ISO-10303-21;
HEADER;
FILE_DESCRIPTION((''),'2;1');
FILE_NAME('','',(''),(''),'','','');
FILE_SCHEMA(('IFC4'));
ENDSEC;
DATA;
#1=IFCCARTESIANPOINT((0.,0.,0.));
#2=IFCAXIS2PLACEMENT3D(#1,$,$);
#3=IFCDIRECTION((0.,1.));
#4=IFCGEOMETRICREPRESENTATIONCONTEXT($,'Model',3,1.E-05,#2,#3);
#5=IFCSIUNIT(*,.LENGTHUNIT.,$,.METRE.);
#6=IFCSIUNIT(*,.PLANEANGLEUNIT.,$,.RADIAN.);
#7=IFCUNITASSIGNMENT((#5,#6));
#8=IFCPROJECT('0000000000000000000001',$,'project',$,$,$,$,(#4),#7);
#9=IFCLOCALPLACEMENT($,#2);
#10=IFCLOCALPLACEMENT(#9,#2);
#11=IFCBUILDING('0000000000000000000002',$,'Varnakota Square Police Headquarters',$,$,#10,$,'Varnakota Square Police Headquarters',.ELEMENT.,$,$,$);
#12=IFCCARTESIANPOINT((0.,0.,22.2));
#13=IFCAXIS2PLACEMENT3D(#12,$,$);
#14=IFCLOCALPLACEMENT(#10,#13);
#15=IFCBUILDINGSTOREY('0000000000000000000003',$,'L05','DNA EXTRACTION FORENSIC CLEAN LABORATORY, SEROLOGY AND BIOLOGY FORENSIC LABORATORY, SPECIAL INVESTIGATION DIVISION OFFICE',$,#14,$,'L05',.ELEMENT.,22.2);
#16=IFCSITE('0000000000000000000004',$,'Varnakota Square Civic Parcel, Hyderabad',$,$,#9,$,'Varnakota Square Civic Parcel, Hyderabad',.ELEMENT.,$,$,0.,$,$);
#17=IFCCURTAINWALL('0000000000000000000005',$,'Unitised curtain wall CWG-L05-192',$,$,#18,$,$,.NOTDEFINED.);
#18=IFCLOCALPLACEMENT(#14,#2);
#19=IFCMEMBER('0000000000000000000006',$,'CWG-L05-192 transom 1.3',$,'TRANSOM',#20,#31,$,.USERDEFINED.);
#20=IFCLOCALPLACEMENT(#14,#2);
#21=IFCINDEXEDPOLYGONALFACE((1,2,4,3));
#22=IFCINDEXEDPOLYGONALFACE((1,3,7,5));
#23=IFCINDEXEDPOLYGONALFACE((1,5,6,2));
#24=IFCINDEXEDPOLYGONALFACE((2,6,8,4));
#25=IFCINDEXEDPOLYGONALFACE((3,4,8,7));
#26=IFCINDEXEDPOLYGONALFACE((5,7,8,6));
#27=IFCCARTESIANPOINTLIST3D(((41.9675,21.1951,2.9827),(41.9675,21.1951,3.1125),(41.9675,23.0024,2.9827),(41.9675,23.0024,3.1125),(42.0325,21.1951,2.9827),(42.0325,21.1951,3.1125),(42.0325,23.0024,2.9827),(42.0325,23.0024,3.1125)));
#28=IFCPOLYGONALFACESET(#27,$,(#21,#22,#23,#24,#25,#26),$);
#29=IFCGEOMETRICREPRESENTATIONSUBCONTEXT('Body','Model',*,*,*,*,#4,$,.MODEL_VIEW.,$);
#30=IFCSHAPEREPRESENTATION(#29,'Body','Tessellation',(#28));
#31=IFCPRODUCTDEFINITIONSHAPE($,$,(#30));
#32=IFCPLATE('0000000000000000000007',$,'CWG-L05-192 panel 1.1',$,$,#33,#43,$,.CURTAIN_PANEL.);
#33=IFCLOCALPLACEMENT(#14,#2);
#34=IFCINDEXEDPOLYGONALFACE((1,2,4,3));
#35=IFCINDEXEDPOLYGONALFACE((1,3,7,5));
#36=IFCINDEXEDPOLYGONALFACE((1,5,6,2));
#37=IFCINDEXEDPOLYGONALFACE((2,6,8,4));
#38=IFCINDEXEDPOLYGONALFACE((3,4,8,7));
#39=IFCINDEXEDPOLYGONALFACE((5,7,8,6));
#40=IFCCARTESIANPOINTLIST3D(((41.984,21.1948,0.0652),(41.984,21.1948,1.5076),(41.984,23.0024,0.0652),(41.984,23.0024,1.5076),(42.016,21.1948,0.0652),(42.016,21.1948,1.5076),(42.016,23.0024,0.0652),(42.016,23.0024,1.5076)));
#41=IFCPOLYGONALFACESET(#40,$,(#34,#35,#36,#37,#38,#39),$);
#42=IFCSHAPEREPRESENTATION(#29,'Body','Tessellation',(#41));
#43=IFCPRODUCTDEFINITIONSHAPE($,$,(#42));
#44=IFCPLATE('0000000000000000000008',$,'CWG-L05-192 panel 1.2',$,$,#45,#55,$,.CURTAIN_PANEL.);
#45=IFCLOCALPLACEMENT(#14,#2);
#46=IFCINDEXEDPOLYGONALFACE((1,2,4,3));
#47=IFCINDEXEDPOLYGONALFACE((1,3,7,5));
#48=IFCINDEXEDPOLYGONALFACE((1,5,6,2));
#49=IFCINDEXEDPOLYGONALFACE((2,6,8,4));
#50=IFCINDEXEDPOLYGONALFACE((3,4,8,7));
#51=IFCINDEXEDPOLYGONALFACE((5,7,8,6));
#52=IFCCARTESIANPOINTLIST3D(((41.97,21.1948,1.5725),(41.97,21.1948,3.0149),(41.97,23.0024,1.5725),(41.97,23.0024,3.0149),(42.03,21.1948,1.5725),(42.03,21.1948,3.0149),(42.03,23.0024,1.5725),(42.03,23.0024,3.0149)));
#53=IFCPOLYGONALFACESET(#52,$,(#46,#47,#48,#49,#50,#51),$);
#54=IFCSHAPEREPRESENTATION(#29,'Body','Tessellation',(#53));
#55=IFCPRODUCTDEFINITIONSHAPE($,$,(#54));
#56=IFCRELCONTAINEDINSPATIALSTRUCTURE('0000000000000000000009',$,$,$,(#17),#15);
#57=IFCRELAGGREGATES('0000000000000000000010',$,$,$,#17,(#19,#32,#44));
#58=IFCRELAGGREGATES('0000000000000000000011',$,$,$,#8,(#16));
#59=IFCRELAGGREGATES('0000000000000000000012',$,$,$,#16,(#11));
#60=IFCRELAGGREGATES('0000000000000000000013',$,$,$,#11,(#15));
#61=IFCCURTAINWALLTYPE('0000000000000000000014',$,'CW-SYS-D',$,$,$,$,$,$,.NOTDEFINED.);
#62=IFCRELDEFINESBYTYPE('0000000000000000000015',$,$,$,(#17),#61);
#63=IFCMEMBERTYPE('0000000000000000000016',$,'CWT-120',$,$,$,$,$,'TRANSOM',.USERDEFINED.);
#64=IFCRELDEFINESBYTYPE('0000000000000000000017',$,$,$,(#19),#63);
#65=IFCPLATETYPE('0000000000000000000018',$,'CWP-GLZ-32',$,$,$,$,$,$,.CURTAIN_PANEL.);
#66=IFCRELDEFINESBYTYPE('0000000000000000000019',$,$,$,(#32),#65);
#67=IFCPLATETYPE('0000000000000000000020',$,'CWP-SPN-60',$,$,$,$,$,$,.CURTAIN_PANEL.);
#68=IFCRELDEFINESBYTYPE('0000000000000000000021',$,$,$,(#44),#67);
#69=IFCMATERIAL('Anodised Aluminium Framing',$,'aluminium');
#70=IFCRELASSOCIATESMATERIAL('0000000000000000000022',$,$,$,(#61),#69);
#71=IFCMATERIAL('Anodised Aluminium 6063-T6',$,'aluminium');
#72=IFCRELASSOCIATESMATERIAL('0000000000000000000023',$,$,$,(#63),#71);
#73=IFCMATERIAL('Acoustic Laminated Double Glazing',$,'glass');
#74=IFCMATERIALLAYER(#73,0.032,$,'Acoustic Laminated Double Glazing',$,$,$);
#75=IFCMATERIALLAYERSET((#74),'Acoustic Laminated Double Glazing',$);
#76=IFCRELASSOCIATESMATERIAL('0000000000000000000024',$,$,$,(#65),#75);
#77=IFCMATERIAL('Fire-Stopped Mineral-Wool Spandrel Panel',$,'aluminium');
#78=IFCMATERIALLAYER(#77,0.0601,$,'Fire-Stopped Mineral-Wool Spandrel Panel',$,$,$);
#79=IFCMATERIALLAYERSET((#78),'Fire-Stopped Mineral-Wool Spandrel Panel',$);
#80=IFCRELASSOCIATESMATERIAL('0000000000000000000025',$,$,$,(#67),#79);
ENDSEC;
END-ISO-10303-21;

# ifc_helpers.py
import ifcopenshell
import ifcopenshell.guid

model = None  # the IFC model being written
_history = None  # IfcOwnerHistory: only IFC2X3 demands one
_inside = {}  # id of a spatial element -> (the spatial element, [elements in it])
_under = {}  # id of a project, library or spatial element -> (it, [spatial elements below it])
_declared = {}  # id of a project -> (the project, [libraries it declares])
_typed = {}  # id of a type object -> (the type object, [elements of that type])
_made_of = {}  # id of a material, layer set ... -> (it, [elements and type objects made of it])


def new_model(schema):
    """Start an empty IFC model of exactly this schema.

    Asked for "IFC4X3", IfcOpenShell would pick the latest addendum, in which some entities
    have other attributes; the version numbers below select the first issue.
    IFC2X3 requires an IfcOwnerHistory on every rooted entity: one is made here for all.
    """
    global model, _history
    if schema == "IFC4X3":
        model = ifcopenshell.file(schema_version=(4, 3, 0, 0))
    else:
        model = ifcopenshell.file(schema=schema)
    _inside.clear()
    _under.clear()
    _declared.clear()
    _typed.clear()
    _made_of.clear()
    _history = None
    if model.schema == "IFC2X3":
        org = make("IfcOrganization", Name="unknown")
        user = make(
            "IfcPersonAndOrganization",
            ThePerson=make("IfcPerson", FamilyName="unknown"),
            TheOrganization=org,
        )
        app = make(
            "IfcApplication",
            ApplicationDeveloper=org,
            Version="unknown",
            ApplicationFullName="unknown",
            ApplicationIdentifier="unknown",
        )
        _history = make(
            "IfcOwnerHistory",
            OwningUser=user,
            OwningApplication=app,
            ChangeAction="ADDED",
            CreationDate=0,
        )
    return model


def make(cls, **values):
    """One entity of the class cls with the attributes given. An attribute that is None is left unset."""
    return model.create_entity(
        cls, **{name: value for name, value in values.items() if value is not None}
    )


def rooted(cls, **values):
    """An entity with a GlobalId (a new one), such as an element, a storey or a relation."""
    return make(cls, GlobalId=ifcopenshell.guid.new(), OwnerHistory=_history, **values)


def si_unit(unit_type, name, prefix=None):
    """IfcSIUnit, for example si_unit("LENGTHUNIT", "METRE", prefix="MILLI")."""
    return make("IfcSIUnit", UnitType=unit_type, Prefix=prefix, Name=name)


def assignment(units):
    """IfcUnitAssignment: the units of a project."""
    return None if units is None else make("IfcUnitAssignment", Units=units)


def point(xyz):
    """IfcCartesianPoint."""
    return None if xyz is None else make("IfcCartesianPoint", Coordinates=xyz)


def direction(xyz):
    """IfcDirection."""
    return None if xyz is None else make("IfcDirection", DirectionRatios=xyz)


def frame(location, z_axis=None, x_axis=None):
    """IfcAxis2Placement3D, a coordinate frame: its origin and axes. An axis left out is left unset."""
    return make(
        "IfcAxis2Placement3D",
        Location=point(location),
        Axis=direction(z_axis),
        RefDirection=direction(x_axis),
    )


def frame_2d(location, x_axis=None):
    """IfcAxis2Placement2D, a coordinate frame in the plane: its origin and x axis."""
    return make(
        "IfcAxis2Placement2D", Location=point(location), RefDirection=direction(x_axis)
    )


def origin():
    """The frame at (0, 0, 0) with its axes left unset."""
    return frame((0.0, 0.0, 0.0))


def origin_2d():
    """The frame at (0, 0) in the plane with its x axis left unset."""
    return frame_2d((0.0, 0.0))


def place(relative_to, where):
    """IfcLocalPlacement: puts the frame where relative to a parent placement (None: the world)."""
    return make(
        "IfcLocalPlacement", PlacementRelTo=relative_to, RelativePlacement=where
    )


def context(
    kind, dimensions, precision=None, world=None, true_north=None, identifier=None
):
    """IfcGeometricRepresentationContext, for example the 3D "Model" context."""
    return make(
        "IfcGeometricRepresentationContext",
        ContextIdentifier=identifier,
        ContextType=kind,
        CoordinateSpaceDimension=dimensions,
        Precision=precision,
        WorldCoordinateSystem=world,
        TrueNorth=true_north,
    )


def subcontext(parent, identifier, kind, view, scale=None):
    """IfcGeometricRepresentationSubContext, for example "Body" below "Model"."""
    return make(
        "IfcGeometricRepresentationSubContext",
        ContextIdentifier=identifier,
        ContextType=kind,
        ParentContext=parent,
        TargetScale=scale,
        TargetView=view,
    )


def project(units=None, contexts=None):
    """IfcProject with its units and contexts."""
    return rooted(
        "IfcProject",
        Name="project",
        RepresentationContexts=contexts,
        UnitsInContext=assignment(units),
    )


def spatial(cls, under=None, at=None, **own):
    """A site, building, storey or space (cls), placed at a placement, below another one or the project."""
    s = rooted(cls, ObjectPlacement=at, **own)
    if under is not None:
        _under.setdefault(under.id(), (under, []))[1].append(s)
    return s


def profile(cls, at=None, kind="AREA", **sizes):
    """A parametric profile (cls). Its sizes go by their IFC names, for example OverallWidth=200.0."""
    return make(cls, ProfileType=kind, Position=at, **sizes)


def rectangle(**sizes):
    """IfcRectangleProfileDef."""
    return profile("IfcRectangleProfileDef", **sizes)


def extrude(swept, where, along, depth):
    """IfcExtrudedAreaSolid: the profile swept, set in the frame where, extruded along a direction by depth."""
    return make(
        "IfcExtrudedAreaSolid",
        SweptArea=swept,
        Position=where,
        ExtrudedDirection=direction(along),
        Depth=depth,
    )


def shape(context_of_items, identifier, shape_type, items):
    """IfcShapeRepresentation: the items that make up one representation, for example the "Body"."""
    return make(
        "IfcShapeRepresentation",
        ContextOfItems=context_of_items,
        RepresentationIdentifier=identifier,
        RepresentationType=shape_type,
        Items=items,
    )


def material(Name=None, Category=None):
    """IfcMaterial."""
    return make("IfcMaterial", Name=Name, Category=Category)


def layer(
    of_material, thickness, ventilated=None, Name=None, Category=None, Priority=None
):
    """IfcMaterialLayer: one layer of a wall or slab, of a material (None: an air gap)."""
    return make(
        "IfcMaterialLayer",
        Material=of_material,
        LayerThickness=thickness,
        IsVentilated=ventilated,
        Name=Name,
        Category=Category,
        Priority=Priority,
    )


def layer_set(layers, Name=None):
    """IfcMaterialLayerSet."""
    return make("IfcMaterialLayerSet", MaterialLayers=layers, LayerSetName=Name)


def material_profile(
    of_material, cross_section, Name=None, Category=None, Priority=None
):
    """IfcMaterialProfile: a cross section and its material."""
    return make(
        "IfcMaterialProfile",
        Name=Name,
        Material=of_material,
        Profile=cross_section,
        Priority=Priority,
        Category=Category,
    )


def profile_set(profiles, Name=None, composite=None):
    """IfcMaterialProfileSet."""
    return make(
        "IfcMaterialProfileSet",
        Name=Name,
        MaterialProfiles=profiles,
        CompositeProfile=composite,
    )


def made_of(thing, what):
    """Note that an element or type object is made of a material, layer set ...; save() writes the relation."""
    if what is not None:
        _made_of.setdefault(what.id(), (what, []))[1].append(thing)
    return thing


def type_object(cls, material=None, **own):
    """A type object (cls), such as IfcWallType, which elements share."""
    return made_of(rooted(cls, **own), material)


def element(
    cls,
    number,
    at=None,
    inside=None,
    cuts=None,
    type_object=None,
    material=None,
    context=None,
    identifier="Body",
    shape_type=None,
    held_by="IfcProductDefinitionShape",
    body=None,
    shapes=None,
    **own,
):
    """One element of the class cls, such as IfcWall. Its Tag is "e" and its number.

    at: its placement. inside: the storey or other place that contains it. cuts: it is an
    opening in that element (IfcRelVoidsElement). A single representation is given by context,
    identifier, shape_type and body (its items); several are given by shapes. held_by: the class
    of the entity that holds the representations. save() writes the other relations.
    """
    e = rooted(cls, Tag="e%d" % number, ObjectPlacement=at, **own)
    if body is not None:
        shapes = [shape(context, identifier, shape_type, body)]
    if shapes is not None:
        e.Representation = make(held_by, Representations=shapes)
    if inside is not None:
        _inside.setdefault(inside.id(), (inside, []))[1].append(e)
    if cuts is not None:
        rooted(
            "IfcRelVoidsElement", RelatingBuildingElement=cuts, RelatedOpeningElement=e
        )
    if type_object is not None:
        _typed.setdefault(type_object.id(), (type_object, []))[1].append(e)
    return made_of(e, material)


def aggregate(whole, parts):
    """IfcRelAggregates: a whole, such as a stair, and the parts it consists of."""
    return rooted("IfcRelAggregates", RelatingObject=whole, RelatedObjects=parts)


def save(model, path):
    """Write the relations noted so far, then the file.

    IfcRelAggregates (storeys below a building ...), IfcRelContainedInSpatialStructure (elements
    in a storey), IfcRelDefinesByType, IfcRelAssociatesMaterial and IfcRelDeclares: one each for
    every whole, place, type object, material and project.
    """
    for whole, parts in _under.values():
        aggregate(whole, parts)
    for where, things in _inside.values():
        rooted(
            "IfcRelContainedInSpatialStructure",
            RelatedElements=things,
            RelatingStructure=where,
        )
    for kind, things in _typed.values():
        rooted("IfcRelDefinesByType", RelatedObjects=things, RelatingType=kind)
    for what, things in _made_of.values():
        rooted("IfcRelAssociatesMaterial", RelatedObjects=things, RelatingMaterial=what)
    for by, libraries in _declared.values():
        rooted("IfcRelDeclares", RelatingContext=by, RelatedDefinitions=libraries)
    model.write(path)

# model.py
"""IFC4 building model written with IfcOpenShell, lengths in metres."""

from ifc_helpers import new_model, si_unit, direction, frame, origin, origin_2d, place, context, subcontext, project, spatial, rectangle, extrude, material, layer, layer_set, material_profile, profile_set, type_object, element, aggregate, save


model = new_model("IFC4")

# Units and contexts
model_context = context("Model", 3, precision=1e-05, world=origin(), true_north=direction((0.0, 1.0)))
body_context = subcontext(model_context, "Body", "Model", "MODEL_VIEW")
ifc_project = project(units=[si_unit("LENGTHUNIT", "METRE"), si_unit("PLANEANGLEUNIT", "RADIAN")], contexts=[model_context])

# Site, building, storey
site_placement = place(None, origin())
site = spatial("IfcSite", under=ifc_project, at=site_placement, Name="Varnakota Square Civic Parcel, Hyderabad", LongName="Varnakota Square Civic Parcel, Hyderabad", CompositionType="ELEMENT", RefElevation=0.0)
building_placement = place(site_placement, origin())
building = spatial("IfcBuilding", under=site, at=building_placement, Name="Varnakota Square Police Headquarters", LongName="Varnakota Square Police Headquarters", CompositionType="ELEMENT")
storey_placement = place(building_placement, frame((0.0, 0.0, 22.2)))
storey = spatial("IfcBuildingStorey", under=building, at=storey_placement, Name="L05", Description="DNA EXTRACTION FORENSIC CLEAN LABORATORY, SEROLOGY AND BIOLOGY FORENSIC LABORATORY, SPECIAL INVESTIGATION DIVISION OFFICE", LongName="L05", CompositionType="ELEMENT", Elevation=22.2)

# Curtain wall, member, plates
ifc_material_1 = material(Name="Anodised Aluminium Framing", Category="aluminium")
curtain_wall_type = type_object("IfcCurtainWallType", Name="CW-SYS-D", PredefinedType="NOTDEFINED", material=ifc_material_1)
curtain_wall_placement = place(storey_placement, origin())
curtain_wall = element("IfcCurtainWall", 1, at=curtain_wall_placement, inside=storey, type_object=curtain_wall_type, Name="Unitised curtain wall CWG-L05-192", PredefinedType="NOTDEFINED")
ifc_material_2 = material(Name="Anodised Aluminium 6063-T6", Category="aluminium")
ifc_material_profile_1 = material_profile(ifc_material_2, rectangle(XDim=0.0649, YDim=0.1299, at=origin_2d()), Name="ALU TRANSOM 65x130")
ifc_profile_set_1 = profile_set([ifc_material_profile_1], Name="Anodised Aluminium 6063-T6")
member_type_1 = type_object("IfcMemberType", Name="CWT-120", ElementType="TRANSOM", PredefinedType="USERDEFINED", material=ifc_profile_set_1)
member_1_placement = place(storey_placement, frame((42.0, 21.1951, 3.0476), z_axis=(0.0, 1.0, 0.0), x_axis=(-1.0, 0.0, 0.0)))
member_1 = element("IfcMember", 2, at=member_1_placement, type_object=member_type_1, Name="CWG-L05-192 transom 1.3", ObjectType="TRANSOM", PredefinedType="USERDEFINED", context=body_context, shape_type="SweptSolid", body=[
    extrude(rectangle(XDim=0.0649, YDim=0.1299, at=origin_2d()), origin(), (0.0, 0.0, 1.0), 1.8074),
])
ifc_material_3 = material(Name="Acoustic Laminated Double Glazing", Category="glass")
ifc_layer_1 = layer(ifc_material_3, 0.032, Name="Acoustic Laminated Double Glazing")
ifc_layer_set_1 = layer_set([ifc_layer_1], Name="Acoustic Laminated Double Glazing")
plate_type_1 = type_object("IfcPlateType", Name="CWP-GLZ-32", PredefinedType="CURTAIN_PANEL", material=ifc_layer_set_1)
plate_1_placement = place(storey_placement, frame((42.0, 22.0986, 0.0652), z_axis=(0.0, 0.0, 1.0), x_axis=(0.0, 1.0, 0.0)))
plate_1 = element("IfcPlate", 3, at=plate_1_placement, type_object=plate_type_1, Name="CWG-L05-192 panel 1.1", PredefinedType="CURTAIN_PANEL", context=body_context, shape_type="SweptSolid", body=[
    extrude(rectangle(XDim=1.8076, YDim=0.032, at=origin_2d()), origin(), (0.0, 0.0, 1.0), 1.4424),
])
ifc_material_4 = material(Name="Fire-Stopped Mineral-Wool Spandrel Panel", Category="aluminium")
ifc_layer_2 = layer(ifc_material_4, 0.0601, Name="Fire-Stopped Mineral-Wool Spandrel Panel")
ifc_layer_set_2 = layer_set([ifc_layer_2], Name="Fire-Stopped Mineral-Wool Spandrel Panel")
plate_type_2 = type_object("IfcPlateType", Name="CWP-SPN-60", PredefinedType="CURTAIN_PANEL", material=ifc_layer_set_2)
plate_2_placement = place(storey_placement, frame((42.0, 22.0986, 1.5725), z_axis=(0.0, 0.0, 1.0), x_axis=(0.0, 1.0, 0.0)))
plate_2 = element("IfcPlate", 4, at=plate_2_placement, type_object=plate_type_2, Name="CWG-L05-192 panel 1.2", PredefinedType="CURTAIN_PANEL", context=body_context, shape_type="SweptSolid", body=[
    extrude(rectangle(XDim=1.8076, YDim=0.0601, at=origin_2d()), origin(), (0.0, 0.0, 1.0), 1.4424),
])
aggregate(curtain_wall, [member_1, plate_1, plate_2])

save(model, "model.ifc")
